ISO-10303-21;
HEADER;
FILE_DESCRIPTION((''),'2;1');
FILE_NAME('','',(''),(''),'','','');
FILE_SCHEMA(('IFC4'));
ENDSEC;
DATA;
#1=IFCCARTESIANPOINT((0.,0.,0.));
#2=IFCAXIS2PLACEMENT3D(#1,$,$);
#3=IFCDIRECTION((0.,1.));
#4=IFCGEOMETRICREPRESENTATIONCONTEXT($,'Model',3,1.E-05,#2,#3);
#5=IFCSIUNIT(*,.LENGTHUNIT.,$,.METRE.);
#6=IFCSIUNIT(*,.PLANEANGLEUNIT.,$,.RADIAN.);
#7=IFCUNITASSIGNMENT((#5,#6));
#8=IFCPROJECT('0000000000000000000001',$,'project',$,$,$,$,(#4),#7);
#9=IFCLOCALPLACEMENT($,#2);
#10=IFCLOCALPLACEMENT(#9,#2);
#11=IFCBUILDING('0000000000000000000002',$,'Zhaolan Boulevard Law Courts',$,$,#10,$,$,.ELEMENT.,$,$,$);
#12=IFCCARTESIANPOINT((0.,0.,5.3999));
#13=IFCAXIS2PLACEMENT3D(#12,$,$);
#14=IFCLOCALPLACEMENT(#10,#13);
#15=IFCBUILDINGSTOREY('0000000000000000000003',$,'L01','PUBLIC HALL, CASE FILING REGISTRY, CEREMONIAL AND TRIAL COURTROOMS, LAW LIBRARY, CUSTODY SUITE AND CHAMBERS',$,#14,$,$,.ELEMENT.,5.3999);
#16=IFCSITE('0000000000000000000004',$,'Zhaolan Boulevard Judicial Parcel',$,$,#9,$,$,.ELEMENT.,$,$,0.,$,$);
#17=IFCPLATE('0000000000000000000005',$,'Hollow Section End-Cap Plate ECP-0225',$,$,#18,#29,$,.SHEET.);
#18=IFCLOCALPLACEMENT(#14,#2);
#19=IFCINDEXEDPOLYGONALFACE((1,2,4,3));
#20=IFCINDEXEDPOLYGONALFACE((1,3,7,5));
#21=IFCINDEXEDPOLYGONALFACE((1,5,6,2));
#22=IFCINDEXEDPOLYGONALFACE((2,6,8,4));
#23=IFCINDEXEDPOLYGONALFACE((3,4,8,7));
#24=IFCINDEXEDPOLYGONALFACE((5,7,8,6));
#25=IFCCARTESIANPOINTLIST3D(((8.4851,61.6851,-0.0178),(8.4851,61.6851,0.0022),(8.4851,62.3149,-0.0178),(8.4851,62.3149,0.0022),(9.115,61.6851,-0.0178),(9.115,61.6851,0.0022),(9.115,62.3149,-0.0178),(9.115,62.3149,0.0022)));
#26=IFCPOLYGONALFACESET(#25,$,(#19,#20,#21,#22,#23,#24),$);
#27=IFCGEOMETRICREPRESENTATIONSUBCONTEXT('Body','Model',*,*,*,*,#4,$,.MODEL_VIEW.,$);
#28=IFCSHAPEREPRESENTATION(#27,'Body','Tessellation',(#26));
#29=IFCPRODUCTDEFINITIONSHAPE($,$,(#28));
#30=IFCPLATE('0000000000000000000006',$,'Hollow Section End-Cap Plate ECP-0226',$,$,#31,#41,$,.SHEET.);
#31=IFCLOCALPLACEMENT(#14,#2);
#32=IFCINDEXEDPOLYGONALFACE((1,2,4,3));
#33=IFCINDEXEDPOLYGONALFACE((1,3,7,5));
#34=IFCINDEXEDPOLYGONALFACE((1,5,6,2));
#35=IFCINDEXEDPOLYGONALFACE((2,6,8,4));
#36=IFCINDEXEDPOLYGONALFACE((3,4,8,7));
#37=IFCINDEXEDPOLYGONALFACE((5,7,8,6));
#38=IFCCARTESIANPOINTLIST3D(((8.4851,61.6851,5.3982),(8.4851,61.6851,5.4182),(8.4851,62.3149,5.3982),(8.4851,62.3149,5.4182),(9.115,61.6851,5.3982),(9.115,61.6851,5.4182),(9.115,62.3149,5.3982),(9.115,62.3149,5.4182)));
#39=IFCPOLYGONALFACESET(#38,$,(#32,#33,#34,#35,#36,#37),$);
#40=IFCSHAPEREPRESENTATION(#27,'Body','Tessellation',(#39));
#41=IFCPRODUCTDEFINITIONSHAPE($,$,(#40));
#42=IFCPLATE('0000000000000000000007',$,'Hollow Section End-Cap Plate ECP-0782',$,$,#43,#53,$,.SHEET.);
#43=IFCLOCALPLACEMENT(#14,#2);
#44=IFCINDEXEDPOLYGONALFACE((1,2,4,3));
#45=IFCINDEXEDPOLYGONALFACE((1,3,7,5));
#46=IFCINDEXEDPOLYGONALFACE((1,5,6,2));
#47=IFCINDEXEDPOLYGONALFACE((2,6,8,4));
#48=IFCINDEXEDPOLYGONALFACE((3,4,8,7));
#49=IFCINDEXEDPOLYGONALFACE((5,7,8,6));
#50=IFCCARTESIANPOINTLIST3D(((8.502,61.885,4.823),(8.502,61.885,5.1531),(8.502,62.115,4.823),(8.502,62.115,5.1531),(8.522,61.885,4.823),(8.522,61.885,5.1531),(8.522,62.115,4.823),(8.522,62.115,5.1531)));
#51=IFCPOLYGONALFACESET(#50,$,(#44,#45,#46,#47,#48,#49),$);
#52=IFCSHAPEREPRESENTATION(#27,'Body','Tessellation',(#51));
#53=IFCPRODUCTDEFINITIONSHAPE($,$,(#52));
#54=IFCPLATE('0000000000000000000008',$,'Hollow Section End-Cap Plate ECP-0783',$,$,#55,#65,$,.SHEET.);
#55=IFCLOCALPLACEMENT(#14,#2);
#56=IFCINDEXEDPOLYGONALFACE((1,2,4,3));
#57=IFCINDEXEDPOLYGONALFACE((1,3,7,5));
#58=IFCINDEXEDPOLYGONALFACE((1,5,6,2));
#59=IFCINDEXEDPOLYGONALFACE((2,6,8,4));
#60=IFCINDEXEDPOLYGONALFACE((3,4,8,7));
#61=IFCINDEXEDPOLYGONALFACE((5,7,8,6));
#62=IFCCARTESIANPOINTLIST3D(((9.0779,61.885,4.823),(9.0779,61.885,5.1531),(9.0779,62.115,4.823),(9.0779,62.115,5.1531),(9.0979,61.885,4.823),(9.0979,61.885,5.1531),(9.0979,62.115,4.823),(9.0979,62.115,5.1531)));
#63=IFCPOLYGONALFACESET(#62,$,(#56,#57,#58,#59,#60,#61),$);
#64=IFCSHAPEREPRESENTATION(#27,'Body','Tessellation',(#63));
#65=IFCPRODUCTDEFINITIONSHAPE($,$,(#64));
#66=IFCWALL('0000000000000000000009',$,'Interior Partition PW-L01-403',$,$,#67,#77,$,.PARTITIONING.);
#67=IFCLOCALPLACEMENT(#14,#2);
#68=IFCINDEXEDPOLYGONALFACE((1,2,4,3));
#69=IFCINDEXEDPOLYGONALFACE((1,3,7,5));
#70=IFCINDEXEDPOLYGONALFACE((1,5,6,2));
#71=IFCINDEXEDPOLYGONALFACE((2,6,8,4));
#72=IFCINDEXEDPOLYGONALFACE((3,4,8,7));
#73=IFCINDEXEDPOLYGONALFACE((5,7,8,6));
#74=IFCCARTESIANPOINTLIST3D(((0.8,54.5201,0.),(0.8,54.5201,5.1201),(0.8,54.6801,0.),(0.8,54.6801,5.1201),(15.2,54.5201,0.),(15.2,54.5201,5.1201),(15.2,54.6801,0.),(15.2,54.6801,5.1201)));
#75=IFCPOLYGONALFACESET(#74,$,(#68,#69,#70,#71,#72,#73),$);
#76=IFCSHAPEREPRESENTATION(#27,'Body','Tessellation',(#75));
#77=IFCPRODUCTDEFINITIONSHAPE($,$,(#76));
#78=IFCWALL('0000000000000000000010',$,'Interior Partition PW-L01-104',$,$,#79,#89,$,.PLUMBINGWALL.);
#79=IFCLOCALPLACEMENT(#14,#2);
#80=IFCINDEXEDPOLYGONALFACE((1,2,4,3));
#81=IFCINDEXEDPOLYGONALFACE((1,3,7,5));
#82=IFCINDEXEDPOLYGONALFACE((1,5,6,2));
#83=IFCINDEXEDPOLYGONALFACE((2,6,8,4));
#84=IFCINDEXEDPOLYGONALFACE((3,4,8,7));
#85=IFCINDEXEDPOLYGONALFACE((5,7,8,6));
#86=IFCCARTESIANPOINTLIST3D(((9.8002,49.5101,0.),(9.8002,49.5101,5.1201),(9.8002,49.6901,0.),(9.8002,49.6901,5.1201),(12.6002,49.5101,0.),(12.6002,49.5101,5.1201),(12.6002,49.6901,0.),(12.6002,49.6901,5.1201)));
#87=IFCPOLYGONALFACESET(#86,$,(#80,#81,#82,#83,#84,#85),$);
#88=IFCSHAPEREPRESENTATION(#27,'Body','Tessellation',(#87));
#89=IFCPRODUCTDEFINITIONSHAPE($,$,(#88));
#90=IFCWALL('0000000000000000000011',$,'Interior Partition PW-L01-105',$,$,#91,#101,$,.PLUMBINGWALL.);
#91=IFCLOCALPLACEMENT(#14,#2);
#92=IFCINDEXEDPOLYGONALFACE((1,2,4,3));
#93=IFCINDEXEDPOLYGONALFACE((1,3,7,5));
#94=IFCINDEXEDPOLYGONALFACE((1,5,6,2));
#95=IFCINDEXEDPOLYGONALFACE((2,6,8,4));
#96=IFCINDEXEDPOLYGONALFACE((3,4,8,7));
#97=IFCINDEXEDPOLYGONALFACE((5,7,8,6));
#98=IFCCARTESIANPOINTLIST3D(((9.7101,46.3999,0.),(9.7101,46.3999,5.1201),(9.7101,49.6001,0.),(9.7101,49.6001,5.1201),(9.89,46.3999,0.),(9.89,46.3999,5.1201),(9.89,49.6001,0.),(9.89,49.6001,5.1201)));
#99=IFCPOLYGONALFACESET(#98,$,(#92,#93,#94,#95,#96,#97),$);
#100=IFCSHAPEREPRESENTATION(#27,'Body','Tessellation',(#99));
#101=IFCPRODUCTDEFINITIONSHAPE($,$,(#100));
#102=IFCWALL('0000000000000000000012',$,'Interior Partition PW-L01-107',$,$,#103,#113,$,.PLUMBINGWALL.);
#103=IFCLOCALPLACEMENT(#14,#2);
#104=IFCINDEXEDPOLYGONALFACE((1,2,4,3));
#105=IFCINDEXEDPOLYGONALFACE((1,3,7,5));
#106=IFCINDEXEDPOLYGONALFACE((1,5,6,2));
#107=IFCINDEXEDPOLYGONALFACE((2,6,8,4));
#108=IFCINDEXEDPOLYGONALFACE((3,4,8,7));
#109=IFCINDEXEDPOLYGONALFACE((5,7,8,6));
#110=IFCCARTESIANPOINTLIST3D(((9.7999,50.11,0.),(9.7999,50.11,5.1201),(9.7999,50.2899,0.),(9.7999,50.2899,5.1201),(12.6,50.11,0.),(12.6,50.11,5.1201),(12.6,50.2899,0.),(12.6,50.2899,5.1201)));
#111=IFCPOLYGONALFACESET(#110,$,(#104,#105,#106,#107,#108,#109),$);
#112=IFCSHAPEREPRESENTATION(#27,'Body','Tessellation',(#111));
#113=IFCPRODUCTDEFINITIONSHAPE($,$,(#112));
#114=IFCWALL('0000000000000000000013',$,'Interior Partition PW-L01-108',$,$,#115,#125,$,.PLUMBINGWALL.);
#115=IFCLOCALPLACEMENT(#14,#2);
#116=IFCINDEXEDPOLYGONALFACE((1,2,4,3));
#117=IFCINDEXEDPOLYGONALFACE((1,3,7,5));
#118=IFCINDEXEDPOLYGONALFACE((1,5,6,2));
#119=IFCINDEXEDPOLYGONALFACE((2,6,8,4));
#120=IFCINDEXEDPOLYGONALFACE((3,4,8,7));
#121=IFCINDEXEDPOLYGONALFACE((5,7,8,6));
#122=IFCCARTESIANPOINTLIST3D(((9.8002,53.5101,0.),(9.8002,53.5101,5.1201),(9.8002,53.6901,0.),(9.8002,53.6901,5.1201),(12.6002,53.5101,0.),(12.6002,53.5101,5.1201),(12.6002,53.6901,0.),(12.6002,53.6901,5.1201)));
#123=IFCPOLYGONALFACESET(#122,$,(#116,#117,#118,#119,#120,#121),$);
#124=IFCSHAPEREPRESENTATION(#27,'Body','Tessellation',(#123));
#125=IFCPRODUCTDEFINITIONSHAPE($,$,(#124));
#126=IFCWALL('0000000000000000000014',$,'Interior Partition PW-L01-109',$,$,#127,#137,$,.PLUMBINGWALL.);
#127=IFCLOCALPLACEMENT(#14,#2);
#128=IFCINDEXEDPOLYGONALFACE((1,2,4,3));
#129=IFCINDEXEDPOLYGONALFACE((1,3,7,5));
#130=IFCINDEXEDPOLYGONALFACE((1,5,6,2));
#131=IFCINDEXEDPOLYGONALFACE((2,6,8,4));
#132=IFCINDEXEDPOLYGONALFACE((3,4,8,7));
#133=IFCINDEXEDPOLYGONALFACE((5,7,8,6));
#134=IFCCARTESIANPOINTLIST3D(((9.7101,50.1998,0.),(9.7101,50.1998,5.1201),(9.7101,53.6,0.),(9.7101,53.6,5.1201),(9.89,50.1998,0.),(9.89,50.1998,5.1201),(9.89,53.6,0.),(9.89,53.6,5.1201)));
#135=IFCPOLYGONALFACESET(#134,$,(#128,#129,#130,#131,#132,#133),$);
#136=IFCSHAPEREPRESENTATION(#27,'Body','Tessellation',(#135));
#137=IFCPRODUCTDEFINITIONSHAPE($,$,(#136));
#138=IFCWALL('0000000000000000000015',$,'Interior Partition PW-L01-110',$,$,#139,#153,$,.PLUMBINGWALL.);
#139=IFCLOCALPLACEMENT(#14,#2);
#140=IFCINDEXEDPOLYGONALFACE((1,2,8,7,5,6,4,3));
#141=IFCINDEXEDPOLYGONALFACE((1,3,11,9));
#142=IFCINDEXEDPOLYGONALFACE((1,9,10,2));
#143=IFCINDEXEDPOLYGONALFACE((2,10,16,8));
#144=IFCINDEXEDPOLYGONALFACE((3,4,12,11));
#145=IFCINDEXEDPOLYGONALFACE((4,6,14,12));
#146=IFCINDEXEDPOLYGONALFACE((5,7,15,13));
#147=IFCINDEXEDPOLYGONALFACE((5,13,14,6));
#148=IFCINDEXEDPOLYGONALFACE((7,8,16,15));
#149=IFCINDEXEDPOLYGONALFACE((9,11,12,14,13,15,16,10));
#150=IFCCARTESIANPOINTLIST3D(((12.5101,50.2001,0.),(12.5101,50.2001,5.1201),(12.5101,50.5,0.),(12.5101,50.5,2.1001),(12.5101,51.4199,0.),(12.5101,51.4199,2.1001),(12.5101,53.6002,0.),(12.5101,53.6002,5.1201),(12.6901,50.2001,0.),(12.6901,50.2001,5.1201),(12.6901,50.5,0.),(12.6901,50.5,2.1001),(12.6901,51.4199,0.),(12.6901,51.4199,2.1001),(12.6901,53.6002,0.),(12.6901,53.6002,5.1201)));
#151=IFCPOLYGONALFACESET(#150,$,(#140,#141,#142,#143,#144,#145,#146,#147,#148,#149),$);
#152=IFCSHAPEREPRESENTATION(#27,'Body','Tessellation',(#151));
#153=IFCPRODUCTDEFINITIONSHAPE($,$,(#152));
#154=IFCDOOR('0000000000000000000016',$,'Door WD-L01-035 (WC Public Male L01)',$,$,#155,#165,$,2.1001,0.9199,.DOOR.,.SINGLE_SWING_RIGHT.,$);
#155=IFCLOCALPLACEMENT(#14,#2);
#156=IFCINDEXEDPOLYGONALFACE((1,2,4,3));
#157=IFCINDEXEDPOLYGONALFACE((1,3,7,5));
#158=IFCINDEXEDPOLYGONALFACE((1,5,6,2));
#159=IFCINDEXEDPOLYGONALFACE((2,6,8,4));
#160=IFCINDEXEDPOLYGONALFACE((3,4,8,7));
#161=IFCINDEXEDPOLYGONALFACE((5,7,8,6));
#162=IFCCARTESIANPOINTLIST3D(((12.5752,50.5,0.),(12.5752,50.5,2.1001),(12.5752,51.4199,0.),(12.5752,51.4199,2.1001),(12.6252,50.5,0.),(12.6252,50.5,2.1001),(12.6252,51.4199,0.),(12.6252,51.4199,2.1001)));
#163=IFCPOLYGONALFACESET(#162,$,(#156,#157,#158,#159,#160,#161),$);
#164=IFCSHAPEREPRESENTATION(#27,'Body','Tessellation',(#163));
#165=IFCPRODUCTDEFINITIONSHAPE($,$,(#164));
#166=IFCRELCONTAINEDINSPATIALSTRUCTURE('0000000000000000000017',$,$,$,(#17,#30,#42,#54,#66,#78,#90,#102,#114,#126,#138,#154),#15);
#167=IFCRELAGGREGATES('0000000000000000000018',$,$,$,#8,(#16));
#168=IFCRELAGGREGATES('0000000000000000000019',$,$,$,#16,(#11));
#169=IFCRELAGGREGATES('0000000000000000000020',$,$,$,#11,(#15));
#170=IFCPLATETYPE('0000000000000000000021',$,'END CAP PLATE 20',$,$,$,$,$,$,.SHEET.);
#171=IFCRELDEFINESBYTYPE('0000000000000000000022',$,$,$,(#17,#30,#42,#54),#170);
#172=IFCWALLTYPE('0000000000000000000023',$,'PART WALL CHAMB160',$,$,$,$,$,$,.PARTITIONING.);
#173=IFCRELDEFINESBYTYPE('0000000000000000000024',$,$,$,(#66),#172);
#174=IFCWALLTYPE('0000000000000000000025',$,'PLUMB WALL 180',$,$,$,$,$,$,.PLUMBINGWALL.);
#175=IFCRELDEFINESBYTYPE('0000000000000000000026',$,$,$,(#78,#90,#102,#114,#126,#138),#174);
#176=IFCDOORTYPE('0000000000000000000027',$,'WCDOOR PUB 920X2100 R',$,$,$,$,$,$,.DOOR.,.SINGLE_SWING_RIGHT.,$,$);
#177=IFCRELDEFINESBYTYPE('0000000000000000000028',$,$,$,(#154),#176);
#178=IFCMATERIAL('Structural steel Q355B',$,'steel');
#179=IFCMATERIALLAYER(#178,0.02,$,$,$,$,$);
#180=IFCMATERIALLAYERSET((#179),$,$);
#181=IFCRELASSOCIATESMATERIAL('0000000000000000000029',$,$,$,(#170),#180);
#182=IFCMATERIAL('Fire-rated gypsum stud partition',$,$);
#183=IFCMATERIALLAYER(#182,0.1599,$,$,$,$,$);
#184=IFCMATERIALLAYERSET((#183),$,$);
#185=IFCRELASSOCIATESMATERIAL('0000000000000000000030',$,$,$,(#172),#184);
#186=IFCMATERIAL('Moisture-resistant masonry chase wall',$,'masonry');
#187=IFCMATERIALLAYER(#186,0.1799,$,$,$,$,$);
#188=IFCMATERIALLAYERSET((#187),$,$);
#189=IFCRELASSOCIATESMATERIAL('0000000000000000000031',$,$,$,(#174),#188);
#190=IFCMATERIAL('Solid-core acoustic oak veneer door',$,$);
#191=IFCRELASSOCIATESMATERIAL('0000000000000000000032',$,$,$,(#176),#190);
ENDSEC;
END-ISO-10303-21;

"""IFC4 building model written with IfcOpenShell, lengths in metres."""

from ifc_helpers import new_model, si_unit, direction, frame, frame_2d, origin, origin_2d, place, context, subcontext, project, spatial, rectangle, extrude, material, layer, layer_set, type_object, element, fill, save


model = new_model("IFC4")

# Units and contexts
model_context = context("Model", 3, precision=1e-05, world=origin(), true_north=direction((0.0, 1.0)))
body_context = subcontext(model_context, "Body", "Model", "MODEL_VIEW")
ifc_project = project(units=[si_unit("LENGTHUNIT", "METRE"), si_unit("PLANEANGLEUNIT", "RADIAN")], contexts=[model_context])

# Site, building, storey
site_placement = place(None, origin())
site = spatial("IfcSite", under=ifc_project, at=site_placement, Name="Zhaolan Boulevard Judicial Parcel", CompositionType="ELEMENT", RefElevation=0.0)
building_placement = place(site_placement, origin())
building = spatial("IfcBuilding", under=site, at=building_placement, Name="Zhaolan Boulevard Law Courts", CompositionType="ELEMENT")
storey_placement = place(building_placement, frame((0.0, 0.0, 5.3999)))
storey = spatial("IfcBuildingStorey", under=building, at=storey_placement, Name="L01", Description="PUBLIC HALL, CASE FILING REGISTRY, CEREMONIAL AND TRIAL COURTROOMS, LAW LIBRARY, CUSTODY SUITE AND CHAMBERS", CompositionType="ELEMENT", Elevation=5.3999)

# Plates
ifc_material_1 = material(Name="Structural steel Q355B", Category="steel")
ifc_layer_1 = layer(ifc_material_1, 0.02)
ifc_layer_set_1 = layer_set([ifc_layer_1])
plate_type = type_object("IfcPlateType", Name="END CAP PLATE 20", PredefinedType="SHEET", material=ifc_layer_set_1)
for number, where, z_axis, x_axis, name in (
    (1, (8.8, 62.0, -0.0178), (0.0, 0.0, 1.0), (1.0, 0.0, 0.0), "Hollow Section End-Cap Plate ECP-0225"),
    (2, (8.8, 62.0, 5.3982), (0.0, 0.0, 1.0), (1.0, 0.0, 0.0), "Hollow Section End-Cap Plate ECP-0226"),
):
    element("IfcPlate", number, at=place(storey_placement, frame(where, z_axis=z_axis, x_axis=x_axis)), inside=storey, type_object=plate_type, Name=name, PredefinedType="SHEET", context=body_context, shape_type="SweptSolid", body=[
        extrude(rectangle(XDim=0.6299, YDim=0.6299, at=origin_2d()), origin(), (0.0, 0.0, 1.0), 0.02),
    ])
for number, where, z_axis, x_axis, name in (
    (3, (8.512, 62.0, 4.823), (0.0, 0.0, 1.0), (1.0, 0.0, 0.0), "Hollow Section End-Cap Plate ECP-0782"),
    (4, (9.0879, 62.0, 4.823), (0.0, 0.0, 1.0), (1.0, 0.0, 0.0), "Hollow Section End-Cap Plate ECP-0783"),
):
    element("IfcPlate", number, at=place(storey_placement, frame(where, z_axis=z_axis, x_axis=x_axis)), inside=storey, type_object=plate_type, Name=name, PredefinedType="SHEET", context=body_context, shape_type="SweptSolid", body=[
        extrude(rectangle(XDim=0.02, YDim=0.23, at=origin_2d()), origin(), (0.0, 0.0, 1.0), 0.3301),
    ])

# Walls
ifc_material_2 = material(Name="Fire-rated gypsum stud partition")
ifc_layer_2 = layer(ifc_material_2, 0.1599)
ifc_layer_set_2 = layer_set([ifc_layer_2])
wall_type_1 = type_object("IfcWallType", Name="PART WALL CHAMB160", PredefinedType="PARTITIONING", material=ifc_layer_set_2)
wall_1_placement = place(storey_placement, frame((0.8, 54.6001, 0.0), z_axis=(0.0, 0.0, 1.0), x_axis=(1.0, 0.0, 0.0)))
element("IfcWall", 5, at=wall_1_placement, inside=storey, type_object=wall_type_1, Name="Interior Partition PW-L01-403", PredefinedType="PARTITIONING", context=body_context, shape_type="SweptSolid", body=[
    extrude(rectangle(XDim=14.3999, YDim=0.1599, at=frame_2d((7.2, 0.0))), origin(), (0.0, 0.0, 1.0), 5.1201),
])
ifc_material_3 = material(Name="Moisture-resistant masonry chase wall", Category="masonry")
ifc_layer_3 = layer(ifc_material_3, 0.1799)
ifc_layer_set_3 = layer_set([ifc_layer_3])
wall_type_2 = type_object("IfcWallType", Name="PLUMB WALL 180", PredefinedType="PLUMBINGWALL", material=ifc_layer_set_3)
wall_2_placement = place(storey_placement, frame((12.6001, 49.6001, 0.0), z_axis=(0.0, 0.0, 1.0), x_axis=(-1.0, 0.0, 0.0)))
element("IfcWall", 6, at=wall_2_placement, inside=storey, type_object=wall_type_2, Name="Interior Partition PW-L01-104", PredefinedType="PLUMBINGWALL", context=body_context, shape_type="SweptSolid", body=[
    extrude(rectangle(XDim=2.8, YDim=0.1799, at=frame_2d((1.3999, 0.0))), origin(), (0.0, 0.0, 1.0), 5.1201),
])
wall_3_placement = place(storey_placement, frame((9.8, 49.6001, 0.0), z_axis=(0.0, 0.0, 1.0), x_axis=(0.0, -1.0, 0.0)))
element("IfcWall", 7, at=wall_3_placement, inside=storey, type_object=wall_type_2, Name="Interior Partition PW-L01-105", PredefinedType="PLUMBINGWALL", context=body_context, shape_type="SweptSolid", body=[
    extrude(rectangle(XDim=3.2002, YDim=0.1799, at=frame_2d((1.6001, 0.0))), origin(), (0.0, 0.0, 1.0), 5.1201),
])
for number, where, z_axis, x_axis, name in (
    (8, (9.8, 50.2, 0.0), (0.0, 0.0, 1.0), (1.0, 0.0, 0.0), "Interior Partition PW-L01-107"),
    (9, (12.6001, 53.6001, 0.0), (0.0, 0.0, 1.0), (-1.0, 0.0, 0.0), "Interior Partition PW-L01-108"),
):
    element("IfcWall", number, at=place(storey_placement, frame(where, z_axis=z_axis, x_axis=x_axis)), inside=storey, type_object=wall_type_2, Name=name, PredefinedType="PLUMBINGWALL", context=body_context, shape_type="SweptSolid", body=[
        extrude(rectangle(XDim=2.8, YDim=0.1799, at=frame_2d((1.3999, 0.0))), origin(), (0.0, 0.0, 1.0), 5.1201),
    ])
wall_4_placement = place(storey_placement, frame((9.8, 53.6001, 0.0), z_axis=(0.0, 0.0, 1.0), x_axis=(0.0, -1.0, 0.0)))
element("IfcWall", 10, at=wall_4_placement, inside=storey, type_object=wall_type_2, Name="Interior Partition PW-L01-109", PredefinedType="PLUMBINGWALL", context=body_context, shape_type="SweptSolid", body=[
    extrude(rectangle(XDim=3.4001, YDim=0.1799, at=frame_2d((1.7002, 0.0))), origin(), (0.0, 0.0, 1.0), 5.1201),
])

# Wall, opening, door
wall_5_placement = place(storey_placement, frame((12.6001, 50.2, 0.0), z_axis=(0.0, 0.0, 1.0), x_axis=(0.0, 1.0, 0.0)))
wall_5 = element("IfcWall", 11, at=wall_5_placement, inside=storey, type_object=wall_type_2, Name="Interior Partition PW-L01-110", PredefinedType="PLUMBINGWALL", context=body_context, shape_type="SweptSolid", body=[
    extrude(rectangle(XDim=3.4001, YDim=0.1799, at=frame_2d((1.7002, 0.0))), origin(), (0.0, 0.0, 1.0), 5.1201),
])
opening_placement = place(wall_5_placement, frame((0.3, 0.0, 0.0)))
opening = element("IfcOpeningElement", 12, at=opening_placement, cuts=wall_5, PredefinedType="OPENING", context=body_context, shape_type="SweptSolid", body=[
    extrude(rectangle(XDim=0.9199, YDim=2.1001, at=frame_2d((0.46, 1.05))), frame((0.0, 0.0999, 0.0), z_axis=(0.0, -1.0, 0.0), x_axis=(1.0, 0.0, 0.0)), (0.0, 0.0, 1.0), 0.2),
])
ifc_material_4 = material(Name="Solid-core acoustic oak veneer door")
door_type = type_object("IfcDoorType", Name="WCDOOR PUB 920X2100 R", OperationType="SINGLE_SWING_RIGHT", PredefinedType="DOOR", material=ifc_material_4)
door_placement = place(opening_placement, origin())
door = element("IfcDoor", 13, at=door_placement, inside=storey, type_object=door_type, Name="Door WD-L01-035 (WC Public Male L01)", OperationType="SINGLE_SWING_RIGHT", OverallHeight=2.1001, OverallWidth=0.9199, PredefinedType="DOOR", context=body_context, shape_type="SweptSolid", body=[
    extrude(rectangle(XDim=0.9199, YDim=2.1001, at=frame_2d((0.46, 1.05))), frame((0.0, 0.0249, 0.0), z_axis=(0.0, -1.0, 0.0), x_axis=(1.0, 0.0, 0.0)), (0.0, 0.0, 1.0), 0.05),
])
fill(opening, door)

save(model, "model.ifc")
